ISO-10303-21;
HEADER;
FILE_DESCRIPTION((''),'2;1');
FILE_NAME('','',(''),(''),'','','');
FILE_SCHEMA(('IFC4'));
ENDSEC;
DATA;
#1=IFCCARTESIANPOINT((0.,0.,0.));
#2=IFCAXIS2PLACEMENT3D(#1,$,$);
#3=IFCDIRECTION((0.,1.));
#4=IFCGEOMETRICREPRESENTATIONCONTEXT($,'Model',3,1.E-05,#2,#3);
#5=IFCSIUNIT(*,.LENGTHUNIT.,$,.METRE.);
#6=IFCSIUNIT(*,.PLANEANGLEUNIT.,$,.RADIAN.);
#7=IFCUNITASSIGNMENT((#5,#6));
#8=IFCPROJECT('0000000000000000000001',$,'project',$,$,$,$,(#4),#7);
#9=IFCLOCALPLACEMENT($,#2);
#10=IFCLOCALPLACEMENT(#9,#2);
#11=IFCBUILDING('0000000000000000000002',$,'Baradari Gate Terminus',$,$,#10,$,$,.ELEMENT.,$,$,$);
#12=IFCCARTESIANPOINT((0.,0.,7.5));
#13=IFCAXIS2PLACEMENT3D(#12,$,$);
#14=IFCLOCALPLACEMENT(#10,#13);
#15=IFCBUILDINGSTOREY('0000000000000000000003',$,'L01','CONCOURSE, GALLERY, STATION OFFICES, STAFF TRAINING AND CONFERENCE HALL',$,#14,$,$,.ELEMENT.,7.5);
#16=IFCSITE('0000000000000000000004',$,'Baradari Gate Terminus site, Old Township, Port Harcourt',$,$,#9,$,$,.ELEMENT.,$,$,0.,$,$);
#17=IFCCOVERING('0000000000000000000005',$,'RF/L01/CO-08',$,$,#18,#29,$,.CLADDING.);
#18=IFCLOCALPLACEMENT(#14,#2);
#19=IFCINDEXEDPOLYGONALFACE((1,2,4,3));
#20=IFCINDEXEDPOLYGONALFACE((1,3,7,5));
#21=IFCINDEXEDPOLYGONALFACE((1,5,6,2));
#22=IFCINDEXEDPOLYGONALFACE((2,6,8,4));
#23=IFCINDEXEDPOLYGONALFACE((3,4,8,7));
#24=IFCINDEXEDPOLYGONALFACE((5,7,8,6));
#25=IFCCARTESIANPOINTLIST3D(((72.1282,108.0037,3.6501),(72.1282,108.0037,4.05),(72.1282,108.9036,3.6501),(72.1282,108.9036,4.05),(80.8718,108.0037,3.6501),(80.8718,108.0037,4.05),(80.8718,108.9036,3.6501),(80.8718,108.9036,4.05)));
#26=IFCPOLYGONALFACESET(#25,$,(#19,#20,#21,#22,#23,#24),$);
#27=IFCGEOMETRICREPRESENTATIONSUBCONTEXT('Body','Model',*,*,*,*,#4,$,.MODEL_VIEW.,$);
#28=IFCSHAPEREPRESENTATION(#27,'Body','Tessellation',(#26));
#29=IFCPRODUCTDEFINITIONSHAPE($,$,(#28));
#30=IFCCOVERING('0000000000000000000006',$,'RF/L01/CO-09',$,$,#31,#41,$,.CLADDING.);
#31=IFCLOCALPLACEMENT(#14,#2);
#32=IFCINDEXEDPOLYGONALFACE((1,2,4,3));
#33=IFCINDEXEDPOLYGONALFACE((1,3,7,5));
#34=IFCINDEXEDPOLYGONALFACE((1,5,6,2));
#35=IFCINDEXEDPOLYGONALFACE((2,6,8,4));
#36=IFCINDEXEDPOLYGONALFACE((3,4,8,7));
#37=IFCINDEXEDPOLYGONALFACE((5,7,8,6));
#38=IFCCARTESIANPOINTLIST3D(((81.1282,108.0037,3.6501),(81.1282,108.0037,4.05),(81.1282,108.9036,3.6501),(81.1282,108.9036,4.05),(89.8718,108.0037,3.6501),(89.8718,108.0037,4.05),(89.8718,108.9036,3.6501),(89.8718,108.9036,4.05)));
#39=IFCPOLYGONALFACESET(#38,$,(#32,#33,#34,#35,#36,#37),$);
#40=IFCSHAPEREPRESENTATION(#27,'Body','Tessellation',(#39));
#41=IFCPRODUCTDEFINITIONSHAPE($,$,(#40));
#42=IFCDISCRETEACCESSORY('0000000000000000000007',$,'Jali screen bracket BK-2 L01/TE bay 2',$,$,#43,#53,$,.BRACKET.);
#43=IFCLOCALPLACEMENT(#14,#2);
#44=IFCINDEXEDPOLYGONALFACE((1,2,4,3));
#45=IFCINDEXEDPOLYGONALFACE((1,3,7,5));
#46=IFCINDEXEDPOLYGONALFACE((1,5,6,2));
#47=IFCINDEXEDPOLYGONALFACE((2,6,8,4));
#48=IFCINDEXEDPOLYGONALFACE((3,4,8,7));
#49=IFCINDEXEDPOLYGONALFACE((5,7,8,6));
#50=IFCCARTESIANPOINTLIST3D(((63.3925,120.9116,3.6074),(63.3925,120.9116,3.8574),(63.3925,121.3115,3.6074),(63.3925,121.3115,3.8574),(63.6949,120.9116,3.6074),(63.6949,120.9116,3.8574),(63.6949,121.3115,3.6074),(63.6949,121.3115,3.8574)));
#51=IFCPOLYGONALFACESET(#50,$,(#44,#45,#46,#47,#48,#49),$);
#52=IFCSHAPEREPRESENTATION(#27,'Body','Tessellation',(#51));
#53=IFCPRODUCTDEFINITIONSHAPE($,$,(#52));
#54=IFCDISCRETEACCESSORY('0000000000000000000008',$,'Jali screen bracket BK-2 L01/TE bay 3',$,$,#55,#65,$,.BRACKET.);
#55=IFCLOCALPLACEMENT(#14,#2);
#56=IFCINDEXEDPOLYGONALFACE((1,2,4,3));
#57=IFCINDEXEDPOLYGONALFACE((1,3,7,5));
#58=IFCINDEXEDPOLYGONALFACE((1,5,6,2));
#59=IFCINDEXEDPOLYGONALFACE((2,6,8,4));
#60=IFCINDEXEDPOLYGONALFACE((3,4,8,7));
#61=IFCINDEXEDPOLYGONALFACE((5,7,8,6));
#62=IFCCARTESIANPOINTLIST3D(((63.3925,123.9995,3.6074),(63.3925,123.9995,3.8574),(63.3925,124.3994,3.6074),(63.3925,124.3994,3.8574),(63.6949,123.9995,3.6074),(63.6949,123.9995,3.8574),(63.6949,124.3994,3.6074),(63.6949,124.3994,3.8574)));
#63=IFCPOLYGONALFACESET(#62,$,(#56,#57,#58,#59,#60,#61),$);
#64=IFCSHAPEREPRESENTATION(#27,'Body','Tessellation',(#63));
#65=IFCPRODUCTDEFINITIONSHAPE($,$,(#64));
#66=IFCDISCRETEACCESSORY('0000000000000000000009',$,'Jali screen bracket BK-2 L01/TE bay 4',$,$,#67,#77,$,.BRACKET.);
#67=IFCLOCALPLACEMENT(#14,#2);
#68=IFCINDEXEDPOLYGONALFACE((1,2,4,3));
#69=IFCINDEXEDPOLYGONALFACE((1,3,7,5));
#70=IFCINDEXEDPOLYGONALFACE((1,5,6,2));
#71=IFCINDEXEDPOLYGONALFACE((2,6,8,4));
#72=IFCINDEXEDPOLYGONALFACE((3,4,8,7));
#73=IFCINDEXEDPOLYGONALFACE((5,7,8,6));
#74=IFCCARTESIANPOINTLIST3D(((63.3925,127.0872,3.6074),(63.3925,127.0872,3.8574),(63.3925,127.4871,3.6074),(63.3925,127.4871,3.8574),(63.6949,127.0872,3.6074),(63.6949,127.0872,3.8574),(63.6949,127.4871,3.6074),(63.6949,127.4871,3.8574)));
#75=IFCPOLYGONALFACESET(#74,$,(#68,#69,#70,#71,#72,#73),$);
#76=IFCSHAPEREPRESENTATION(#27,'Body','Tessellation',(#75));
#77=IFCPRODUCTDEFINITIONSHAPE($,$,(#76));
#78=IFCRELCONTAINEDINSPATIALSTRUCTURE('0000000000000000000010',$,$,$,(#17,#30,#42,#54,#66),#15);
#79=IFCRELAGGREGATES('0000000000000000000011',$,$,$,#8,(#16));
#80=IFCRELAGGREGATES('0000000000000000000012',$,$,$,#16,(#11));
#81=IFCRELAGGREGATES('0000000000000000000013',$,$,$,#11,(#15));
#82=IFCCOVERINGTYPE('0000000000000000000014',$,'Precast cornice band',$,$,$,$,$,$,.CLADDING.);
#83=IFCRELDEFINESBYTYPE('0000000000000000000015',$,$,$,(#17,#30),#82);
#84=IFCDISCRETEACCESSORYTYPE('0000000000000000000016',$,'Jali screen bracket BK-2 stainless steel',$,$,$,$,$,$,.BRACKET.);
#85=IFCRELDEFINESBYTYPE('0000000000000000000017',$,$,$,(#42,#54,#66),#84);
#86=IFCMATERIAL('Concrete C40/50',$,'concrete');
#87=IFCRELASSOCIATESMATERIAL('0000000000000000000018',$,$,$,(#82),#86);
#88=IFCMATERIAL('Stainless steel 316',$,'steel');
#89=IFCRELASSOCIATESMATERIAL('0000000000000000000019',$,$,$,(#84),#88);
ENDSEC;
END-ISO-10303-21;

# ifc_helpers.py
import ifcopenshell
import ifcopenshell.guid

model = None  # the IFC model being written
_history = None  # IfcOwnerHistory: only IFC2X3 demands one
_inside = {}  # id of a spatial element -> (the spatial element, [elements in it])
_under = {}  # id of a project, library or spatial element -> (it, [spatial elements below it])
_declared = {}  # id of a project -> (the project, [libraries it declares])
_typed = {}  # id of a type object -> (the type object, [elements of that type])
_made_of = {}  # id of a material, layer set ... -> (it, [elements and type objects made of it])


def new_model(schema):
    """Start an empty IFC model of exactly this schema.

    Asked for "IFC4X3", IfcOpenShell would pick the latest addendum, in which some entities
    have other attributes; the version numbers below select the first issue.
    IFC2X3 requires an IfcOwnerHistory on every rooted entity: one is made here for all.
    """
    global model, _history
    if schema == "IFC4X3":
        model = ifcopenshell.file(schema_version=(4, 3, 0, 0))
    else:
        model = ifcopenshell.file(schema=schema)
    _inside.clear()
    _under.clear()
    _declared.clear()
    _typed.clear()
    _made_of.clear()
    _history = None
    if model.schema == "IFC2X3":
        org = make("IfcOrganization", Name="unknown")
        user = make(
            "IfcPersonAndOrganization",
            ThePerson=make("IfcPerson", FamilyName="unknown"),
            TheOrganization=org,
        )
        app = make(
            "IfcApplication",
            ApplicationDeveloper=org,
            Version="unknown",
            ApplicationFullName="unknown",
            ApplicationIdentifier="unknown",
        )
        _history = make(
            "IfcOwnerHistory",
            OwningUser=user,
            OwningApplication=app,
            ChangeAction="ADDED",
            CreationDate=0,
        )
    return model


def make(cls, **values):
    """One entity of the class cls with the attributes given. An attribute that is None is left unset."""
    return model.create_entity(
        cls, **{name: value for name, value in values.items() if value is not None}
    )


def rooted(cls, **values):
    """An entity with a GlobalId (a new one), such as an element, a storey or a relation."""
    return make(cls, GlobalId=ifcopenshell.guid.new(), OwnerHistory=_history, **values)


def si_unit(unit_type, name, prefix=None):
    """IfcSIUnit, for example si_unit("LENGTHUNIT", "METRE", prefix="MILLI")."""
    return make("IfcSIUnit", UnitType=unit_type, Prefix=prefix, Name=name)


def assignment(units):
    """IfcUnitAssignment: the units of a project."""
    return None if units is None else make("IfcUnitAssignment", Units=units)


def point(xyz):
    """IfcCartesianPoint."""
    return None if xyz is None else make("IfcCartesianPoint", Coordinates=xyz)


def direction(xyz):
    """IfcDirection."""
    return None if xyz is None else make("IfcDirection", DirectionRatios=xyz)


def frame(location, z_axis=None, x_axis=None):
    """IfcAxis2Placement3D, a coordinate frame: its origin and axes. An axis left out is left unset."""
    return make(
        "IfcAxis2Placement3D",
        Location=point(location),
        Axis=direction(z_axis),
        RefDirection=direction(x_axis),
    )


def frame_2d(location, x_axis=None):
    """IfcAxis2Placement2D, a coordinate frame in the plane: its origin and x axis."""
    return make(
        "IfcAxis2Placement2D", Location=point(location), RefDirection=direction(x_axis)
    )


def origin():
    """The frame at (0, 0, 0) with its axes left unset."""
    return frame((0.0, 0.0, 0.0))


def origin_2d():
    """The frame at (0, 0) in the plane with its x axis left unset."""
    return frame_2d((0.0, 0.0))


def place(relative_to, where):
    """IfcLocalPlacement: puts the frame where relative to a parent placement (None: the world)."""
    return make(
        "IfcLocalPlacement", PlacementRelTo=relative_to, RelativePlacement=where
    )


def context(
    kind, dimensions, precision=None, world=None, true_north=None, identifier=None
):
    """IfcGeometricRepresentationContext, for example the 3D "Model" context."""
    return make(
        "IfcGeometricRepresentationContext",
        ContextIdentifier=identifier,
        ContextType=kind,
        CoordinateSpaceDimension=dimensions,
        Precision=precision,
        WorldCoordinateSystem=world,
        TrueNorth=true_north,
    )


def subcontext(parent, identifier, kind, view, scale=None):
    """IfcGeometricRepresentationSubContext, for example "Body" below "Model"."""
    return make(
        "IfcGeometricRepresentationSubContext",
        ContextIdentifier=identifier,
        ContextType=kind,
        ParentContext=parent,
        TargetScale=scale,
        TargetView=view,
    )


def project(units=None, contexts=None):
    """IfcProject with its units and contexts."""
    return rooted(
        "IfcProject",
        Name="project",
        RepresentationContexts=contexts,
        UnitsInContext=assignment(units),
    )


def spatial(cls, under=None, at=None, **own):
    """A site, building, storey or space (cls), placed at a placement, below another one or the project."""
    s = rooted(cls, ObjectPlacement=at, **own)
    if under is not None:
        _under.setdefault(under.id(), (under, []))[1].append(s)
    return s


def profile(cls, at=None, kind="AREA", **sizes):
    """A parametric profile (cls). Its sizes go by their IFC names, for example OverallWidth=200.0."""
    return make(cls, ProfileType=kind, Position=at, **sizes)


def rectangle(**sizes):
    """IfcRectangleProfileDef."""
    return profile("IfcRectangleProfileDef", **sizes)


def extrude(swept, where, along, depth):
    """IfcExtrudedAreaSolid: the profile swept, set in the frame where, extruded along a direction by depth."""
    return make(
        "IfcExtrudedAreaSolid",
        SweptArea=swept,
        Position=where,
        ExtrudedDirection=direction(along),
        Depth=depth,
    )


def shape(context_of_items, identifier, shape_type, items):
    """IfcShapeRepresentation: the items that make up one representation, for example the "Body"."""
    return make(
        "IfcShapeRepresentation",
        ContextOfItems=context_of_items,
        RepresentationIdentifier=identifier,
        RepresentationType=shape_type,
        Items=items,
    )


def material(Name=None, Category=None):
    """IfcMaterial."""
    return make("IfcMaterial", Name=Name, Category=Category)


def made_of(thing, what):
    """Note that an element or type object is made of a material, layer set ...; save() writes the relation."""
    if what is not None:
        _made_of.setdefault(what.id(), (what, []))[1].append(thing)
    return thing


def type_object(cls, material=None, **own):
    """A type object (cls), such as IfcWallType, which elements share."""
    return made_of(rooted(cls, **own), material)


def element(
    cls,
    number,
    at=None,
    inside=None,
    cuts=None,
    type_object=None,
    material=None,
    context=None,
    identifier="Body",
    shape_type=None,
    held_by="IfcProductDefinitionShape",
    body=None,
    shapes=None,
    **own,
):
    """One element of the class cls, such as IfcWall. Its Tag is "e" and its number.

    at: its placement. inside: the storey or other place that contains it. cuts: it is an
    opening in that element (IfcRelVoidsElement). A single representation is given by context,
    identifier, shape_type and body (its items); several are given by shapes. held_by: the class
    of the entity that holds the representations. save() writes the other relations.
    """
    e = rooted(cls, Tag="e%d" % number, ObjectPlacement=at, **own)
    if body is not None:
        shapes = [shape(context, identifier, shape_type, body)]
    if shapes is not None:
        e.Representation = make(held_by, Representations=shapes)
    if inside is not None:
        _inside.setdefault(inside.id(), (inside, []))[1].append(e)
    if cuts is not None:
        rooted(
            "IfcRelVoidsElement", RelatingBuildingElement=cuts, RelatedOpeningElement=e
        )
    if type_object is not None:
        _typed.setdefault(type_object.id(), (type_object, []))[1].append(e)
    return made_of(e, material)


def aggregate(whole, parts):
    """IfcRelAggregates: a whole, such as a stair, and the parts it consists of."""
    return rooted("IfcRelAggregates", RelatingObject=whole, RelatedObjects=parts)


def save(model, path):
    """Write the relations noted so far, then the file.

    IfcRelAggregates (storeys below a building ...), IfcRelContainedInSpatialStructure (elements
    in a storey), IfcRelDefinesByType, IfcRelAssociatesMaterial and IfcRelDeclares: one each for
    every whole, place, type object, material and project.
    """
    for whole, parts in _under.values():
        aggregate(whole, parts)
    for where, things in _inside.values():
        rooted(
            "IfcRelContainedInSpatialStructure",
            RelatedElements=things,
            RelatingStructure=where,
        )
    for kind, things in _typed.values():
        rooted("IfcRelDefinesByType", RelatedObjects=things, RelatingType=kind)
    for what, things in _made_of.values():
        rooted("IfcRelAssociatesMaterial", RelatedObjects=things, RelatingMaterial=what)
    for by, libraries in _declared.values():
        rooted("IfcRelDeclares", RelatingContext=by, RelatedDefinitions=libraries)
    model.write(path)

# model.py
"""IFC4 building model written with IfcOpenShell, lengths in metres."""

from ifc_helpers import new_model, si_unit, direction, frame, origin, origin_2d, place, context, subcontext, project, spatial, rectangle, extrude, material, type_object, element, save


model = new_model("IFC4")

# Units and contexts
model_context = context("Model", 3, precision=1e-05, world=origin(), true_north=direction((0.0, 1.0)))
body_context = subcontext(model_context, "Body", "Model", "MODEL_VIEW")
ifc_project = project(units=[si_unit("LENGTHUNIT", "METRE"), si_unit("PLANEANGLEUNIT", "RADIAN")], contexts=[model_context])

# Site, building, storey
site_placement = place(None, origin())
site = spatial("IfcSite", under=ifc_project, at=site_placement, Name="Baradari Gate Terminus site, Old Township, Port Harcourt", CompositionType="ELEMENT", RefElevation=0.0)
building_placement = place(site_placement, origin())
building = spatial("IfcBuilding", under=site, at=building_placement, Name="Baradari Gate Terminus", CompositionType="ELEMENT")
storey_placement = place(building_placement, frame((0.0, 0.0, 7.5)))
storey = spatial("IfcBuildingStorey", under=building, at=storey_placement, Name="L01", Description="CONCOURSE, GALLERY, STATION OFFICES, STAFF TRAINING AND CONFERENCE HALL", CompositionType="ELEMENT", Elevation=7.5)

# Coverings
ifc_material_1 = material(Name="Concrete C40/50", Category="concrete")
covering_type_1 = type_object("IfcCoveringType", Name="Precast cornice band", PredefinedType="CLADDING", material=ifc_material_1)
for number, where, z_axis, x_axis, name in (
    (1, (76.5, 108.4536, 3.6501), (0.0, 0.0, 1.0), (1.0, 0.0, 0.0), "RF/L01/CO-08"),
    (2, (85.5, 108.4536, 3.6501), (0.0, 0.0, 1.0), (1.0, 0.0, 0.0), "RF/L01/CO-09"),
):
    element("IfcCovering", number, at=place(storey_placement, frame(where, z_axis=z_axis, x_axis=x_axis)), inside=storey, type_object=covering_type_1, Name=name, PredefinedType="CLADDING", context=body_context, shape_type="SweptSolid", body=[
        extrude(rectangle(XDim=8.7437, YDim=0.8999, at=origin_2d()), origin(), (0.0, 0.0, 1.0), 0.3999),
    ])

# Discrete accessories
ifc_material_2 = material(Name="Stainless steel 316", Category="steel")
discrete_accessory_type = type_object("IfcDiscreteAccessoryType", Name="Jali screen bracket BK-2 stainless steel", PredefinedType="BRACKET", material=ifc_material_2)
for number, where, z_axis, x_axis, name in (
    (3, (63.5437, 121.1116, 3.6074), (0.0, 0.0, 1.0), (1.0, 0.0, 0.0), "Jali screen bracket BK-2 L01/TE bay 2"),
    (4, (63.5437, 124.1995, 3.6074), (0.0, 0.0, 1.0), (1.0, 0.0, 0.0), "Jali screen bracket BK-2 L01/TE bay 3"),
    (5, (63.5437, 127.2871, 3.6074), (0.0, 0.0, 1.0), (1.0, 0.0, 0.0), "Jali screen bracket BK-2 L01/TE bay 4"),
):
    element("IfcDiscreteAccessory", number, at=place(storey_placement, frame(where, z_axis=z_axis, x_axis=x_axis)), inside=storey, type_object=discrete_accessory_type, Name=name, PredefinedType="BRACKET", context=body_context, shape_type="SweptSolid", body=[
        extrude(rectangle(XDim=0.3025, YDim=0.3999, at=origin_2d()), origin(), (0.0, 0.0, 1.0), 0.25),
    ])

save(model, "model.ifc")
